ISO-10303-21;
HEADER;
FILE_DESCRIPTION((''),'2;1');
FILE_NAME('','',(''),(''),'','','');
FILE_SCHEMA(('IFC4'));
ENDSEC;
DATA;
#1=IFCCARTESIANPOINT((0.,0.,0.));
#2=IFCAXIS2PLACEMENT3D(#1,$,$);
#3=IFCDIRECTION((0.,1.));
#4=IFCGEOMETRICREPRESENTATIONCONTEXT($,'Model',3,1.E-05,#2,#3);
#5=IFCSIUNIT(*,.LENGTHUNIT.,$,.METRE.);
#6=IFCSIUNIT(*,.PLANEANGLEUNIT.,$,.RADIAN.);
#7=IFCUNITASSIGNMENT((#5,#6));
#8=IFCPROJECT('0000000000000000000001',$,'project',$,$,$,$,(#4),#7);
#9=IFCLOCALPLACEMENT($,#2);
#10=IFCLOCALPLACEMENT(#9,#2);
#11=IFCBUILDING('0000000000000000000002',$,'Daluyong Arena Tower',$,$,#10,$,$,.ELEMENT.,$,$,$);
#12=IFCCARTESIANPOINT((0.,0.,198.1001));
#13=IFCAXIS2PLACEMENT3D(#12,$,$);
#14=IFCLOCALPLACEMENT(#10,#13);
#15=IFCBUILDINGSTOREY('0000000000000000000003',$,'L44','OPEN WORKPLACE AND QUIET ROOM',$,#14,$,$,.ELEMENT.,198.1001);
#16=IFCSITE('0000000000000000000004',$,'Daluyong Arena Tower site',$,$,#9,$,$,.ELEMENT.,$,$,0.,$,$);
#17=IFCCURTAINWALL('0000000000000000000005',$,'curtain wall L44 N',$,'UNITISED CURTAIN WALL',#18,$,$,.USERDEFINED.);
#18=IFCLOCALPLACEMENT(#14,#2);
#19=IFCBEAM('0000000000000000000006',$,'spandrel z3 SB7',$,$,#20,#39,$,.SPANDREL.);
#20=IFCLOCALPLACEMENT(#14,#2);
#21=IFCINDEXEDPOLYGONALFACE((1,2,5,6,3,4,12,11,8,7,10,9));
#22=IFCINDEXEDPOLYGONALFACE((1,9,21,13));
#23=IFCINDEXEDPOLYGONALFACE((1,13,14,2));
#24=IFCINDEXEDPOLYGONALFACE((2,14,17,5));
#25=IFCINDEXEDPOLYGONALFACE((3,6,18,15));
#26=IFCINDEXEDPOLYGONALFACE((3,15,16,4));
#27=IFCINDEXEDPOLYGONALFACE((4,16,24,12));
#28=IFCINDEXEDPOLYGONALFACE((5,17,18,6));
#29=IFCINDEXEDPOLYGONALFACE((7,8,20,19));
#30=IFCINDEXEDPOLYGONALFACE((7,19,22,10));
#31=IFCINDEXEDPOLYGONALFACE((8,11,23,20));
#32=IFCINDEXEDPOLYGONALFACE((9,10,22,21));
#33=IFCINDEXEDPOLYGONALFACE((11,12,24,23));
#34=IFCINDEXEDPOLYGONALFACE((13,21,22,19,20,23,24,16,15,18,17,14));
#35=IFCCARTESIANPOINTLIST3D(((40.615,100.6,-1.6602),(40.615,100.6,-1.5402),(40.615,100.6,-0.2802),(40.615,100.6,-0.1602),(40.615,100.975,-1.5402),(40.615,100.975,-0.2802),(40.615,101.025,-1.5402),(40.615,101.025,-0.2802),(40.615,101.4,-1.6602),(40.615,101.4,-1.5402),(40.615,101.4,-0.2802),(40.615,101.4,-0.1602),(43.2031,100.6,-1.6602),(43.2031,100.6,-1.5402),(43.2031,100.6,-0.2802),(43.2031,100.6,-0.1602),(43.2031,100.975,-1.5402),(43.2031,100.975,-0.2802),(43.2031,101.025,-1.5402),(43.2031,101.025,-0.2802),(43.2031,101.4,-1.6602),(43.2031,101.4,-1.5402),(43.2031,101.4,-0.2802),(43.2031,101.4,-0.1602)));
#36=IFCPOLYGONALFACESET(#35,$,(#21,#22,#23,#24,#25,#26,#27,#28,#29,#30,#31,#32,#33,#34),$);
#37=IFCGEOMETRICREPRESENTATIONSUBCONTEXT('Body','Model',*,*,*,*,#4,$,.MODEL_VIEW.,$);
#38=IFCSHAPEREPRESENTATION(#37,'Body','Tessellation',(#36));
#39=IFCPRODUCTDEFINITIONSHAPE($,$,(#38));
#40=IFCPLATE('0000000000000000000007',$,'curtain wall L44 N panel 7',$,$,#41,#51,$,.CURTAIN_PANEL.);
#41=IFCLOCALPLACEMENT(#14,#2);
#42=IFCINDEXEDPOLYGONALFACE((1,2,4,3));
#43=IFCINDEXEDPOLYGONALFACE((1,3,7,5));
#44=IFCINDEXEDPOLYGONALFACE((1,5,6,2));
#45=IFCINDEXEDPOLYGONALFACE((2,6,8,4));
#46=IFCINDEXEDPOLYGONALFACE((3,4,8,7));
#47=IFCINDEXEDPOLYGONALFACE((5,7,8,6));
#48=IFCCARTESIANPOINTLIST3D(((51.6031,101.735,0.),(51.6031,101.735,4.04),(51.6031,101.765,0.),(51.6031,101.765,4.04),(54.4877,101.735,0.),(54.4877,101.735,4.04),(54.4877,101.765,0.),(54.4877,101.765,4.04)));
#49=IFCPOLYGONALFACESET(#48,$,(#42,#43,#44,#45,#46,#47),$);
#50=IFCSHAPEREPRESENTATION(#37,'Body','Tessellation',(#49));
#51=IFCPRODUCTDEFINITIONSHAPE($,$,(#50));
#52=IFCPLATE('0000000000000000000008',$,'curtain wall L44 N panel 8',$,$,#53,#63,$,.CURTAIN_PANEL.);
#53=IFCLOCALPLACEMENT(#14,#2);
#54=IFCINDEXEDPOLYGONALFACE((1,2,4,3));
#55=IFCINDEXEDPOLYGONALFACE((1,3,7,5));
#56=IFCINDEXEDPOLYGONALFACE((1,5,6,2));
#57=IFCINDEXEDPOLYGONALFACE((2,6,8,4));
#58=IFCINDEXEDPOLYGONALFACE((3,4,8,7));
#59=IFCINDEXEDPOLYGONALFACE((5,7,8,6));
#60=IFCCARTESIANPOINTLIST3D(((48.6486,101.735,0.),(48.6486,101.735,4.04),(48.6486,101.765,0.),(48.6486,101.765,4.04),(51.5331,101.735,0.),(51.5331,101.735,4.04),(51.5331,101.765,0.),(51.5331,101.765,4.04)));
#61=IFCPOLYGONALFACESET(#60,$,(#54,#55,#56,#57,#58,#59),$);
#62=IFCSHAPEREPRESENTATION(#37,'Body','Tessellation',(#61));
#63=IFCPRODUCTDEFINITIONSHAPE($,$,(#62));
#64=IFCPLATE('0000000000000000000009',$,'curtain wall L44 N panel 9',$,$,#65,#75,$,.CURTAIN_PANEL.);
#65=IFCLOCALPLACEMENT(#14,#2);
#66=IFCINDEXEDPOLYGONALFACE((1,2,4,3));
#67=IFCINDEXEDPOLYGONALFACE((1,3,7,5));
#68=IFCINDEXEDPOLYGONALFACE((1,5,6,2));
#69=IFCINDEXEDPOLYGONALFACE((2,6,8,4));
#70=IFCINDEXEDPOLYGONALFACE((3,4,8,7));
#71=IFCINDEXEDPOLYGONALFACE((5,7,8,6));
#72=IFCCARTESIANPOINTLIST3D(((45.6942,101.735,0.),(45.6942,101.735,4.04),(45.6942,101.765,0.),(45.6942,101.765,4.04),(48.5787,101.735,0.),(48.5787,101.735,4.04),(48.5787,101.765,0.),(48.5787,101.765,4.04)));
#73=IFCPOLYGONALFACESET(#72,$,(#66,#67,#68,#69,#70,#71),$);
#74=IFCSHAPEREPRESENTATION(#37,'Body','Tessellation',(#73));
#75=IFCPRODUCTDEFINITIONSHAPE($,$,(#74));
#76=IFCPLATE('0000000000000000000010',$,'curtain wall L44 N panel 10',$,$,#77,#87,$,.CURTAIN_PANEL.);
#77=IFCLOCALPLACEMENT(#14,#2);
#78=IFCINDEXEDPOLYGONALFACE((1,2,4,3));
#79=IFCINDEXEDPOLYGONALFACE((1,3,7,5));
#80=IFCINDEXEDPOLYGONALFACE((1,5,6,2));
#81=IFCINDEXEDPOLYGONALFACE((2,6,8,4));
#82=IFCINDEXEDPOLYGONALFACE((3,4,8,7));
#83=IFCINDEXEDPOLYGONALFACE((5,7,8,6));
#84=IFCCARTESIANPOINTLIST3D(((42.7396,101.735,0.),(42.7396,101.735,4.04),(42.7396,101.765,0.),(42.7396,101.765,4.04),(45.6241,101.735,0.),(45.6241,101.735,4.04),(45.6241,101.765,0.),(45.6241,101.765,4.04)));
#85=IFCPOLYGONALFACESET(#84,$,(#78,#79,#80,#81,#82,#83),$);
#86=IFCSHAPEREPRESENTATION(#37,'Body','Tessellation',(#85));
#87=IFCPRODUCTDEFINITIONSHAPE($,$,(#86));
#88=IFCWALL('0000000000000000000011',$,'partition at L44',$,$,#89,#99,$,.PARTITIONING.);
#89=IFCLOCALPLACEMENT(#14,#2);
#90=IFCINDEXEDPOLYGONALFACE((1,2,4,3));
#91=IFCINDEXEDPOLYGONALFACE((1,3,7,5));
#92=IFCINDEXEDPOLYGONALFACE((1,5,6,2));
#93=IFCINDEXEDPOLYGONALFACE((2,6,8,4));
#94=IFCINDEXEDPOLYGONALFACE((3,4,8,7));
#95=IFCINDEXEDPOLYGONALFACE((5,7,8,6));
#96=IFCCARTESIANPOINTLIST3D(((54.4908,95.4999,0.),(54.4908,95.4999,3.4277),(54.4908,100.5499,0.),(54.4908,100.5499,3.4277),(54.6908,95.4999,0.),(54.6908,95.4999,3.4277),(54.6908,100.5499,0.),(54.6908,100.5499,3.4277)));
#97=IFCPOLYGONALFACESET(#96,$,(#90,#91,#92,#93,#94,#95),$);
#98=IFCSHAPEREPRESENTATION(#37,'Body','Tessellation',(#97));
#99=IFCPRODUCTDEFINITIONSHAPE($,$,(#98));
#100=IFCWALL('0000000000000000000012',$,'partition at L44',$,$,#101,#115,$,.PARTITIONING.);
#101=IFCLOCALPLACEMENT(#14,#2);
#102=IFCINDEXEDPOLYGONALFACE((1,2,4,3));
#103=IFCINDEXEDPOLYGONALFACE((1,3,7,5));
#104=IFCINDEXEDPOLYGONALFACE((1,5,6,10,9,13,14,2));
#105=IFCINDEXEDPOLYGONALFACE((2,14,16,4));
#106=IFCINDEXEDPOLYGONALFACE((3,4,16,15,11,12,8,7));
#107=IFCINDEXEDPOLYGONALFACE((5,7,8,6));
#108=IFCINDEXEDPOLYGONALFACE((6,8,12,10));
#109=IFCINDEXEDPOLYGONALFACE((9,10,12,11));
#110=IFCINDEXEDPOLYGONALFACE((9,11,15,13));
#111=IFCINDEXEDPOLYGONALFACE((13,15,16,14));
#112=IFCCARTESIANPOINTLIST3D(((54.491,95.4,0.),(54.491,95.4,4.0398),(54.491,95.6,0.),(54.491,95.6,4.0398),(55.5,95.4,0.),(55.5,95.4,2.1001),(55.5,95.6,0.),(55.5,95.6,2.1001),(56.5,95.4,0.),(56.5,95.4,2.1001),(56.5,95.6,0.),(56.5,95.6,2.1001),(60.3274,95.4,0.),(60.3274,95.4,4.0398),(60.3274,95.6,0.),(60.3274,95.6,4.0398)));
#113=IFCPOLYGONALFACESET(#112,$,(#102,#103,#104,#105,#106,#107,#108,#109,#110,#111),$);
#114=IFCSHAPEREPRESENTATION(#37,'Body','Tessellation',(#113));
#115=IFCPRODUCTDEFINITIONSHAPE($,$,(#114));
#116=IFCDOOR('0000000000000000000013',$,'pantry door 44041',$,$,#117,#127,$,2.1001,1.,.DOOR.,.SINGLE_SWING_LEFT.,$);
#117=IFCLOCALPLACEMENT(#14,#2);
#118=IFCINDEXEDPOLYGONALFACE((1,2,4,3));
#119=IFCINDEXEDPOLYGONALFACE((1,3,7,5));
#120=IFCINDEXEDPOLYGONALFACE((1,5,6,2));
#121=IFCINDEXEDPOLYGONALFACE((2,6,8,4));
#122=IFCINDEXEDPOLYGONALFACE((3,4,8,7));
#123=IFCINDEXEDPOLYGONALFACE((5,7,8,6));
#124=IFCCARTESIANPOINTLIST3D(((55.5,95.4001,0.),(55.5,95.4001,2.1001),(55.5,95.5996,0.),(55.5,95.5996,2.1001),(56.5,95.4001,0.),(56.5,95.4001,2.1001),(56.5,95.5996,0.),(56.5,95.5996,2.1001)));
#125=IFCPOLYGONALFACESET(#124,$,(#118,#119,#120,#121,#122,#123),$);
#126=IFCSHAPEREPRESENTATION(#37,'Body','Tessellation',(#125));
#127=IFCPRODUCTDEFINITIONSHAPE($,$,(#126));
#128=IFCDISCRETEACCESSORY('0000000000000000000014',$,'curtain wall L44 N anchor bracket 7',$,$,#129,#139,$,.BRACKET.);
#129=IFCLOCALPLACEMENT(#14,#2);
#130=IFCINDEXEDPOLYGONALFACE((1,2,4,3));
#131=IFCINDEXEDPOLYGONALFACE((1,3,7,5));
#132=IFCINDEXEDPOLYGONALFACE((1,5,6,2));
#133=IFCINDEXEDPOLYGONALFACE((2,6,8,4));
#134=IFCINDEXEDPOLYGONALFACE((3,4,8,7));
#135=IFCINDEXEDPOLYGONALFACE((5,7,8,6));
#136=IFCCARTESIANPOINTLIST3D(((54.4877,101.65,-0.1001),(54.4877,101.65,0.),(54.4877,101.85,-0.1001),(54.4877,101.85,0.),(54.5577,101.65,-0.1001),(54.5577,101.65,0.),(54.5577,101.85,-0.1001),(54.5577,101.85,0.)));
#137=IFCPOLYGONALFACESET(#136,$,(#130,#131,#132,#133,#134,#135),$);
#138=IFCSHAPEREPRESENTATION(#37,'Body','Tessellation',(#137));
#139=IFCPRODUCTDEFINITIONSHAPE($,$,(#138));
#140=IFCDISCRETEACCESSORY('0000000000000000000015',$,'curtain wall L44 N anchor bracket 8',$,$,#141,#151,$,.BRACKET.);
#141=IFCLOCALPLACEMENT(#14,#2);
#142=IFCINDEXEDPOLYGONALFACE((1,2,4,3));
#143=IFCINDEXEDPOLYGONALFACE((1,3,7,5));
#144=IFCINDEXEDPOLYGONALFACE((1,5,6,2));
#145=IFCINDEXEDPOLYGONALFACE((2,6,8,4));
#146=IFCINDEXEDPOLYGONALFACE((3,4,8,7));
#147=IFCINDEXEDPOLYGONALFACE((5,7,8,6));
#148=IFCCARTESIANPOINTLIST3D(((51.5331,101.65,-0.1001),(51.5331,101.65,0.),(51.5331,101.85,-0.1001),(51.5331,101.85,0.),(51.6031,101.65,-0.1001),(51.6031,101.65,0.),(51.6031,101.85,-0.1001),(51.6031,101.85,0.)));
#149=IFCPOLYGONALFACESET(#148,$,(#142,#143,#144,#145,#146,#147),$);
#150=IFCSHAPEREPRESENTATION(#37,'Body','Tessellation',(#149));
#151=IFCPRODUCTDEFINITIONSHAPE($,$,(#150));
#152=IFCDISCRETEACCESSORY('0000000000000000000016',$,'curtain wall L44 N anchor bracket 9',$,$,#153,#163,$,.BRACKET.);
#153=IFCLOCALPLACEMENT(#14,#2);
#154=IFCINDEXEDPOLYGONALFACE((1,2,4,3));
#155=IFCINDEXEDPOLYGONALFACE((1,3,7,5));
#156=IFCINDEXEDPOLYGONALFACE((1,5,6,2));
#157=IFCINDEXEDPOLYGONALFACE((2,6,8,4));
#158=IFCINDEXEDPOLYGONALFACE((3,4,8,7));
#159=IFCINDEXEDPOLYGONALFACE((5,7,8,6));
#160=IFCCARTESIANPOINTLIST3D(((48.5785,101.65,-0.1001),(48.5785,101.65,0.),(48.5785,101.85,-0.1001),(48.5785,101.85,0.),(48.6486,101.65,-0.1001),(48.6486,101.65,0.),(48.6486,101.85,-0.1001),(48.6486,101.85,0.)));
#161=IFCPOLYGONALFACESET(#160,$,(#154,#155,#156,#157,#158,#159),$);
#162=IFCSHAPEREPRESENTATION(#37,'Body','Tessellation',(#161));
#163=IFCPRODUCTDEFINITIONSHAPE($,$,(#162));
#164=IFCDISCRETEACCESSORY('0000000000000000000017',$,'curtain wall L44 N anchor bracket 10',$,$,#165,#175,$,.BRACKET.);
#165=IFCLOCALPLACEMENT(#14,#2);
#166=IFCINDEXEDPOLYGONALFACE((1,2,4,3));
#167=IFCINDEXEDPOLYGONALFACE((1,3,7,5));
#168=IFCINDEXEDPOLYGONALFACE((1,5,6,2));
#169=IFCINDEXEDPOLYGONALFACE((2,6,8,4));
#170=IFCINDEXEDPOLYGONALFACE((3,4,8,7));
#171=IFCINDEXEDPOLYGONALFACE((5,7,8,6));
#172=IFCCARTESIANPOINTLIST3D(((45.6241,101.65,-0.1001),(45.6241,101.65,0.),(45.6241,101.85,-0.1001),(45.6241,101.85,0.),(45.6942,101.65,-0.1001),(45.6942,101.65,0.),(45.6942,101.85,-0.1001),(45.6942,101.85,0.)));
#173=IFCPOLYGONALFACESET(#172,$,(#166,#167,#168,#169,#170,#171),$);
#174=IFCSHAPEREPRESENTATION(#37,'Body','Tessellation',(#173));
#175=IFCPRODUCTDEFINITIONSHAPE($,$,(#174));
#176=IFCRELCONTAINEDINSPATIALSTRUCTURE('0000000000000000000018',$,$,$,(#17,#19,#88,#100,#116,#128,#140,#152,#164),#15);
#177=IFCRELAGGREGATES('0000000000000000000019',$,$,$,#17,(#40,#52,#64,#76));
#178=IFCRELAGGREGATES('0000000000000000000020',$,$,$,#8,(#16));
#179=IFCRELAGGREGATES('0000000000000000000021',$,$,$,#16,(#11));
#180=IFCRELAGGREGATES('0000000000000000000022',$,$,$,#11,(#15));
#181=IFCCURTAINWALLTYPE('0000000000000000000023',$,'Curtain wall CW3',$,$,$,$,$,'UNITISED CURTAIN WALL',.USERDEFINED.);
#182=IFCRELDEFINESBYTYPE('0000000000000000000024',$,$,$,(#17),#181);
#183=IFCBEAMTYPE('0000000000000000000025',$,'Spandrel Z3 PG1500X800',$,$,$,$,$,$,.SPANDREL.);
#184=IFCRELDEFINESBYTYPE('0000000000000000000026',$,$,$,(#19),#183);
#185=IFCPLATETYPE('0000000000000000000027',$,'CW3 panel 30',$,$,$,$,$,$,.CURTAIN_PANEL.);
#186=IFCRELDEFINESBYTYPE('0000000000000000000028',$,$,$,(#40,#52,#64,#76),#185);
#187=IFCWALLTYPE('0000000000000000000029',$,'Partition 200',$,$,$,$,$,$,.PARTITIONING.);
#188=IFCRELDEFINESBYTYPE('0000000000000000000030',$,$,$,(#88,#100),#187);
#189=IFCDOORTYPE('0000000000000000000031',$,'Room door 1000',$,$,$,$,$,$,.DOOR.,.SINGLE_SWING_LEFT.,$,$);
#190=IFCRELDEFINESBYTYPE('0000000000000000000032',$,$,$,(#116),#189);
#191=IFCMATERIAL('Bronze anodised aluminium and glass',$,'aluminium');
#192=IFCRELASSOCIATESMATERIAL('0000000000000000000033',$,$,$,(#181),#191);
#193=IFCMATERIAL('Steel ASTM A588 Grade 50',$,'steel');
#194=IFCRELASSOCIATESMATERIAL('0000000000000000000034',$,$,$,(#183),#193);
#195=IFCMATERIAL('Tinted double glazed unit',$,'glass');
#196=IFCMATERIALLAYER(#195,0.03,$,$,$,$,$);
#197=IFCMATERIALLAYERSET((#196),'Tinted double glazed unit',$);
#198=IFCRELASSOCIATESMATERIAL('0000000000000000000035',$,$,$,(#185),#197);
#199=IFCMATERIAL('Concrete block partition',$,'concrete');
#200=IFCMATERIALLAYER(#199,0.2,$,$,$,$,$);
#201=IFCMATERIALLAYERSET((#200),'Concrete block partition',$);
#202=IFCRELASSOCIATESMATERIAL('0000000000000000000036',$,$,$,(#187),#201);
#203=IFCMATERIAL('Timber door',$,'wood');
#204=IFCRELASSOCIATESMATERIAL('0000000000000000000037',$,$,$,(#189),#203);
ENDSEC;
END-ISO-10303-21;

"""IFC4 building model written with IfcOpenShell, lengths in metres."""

from ifc_helpers import new_model, si_unit, direction, frame, frame_2d, origin, origin_2d, place, context, subcontext, project, spatial, rectangle, i_section, extrude, material, layer, layer_set, material_profile, profile_set, type_object, element, fill, aggregate, save


model = new_model("IFC4")

# Units and contexts
model_context = context("Model", 3, precision=1e-05, world=origin(), true_north=direction((0.0, 1.0)))
body_context = subcontext(model_context, "Body", "Model", "MODEL_VIEW")
ifc_project = project(units=[si_unit("LENGTHUNIT", "METRE"), si_unit("PLANEANGLEUNIT", "RADIAN")], contexts=[model_context])

# Site, building, storey
site_placement = place(None, origin())
site = spatial("IfcSite", under=ifc_project, at=site_placement, Name="Daluyong Arena Tower site", CompositionType="ELEMENT", RefElevation=0.0)
building_placement = place(site_placement, origin())
building = spatial("IfcBuilding", under=site, at=building_placement, Name="Daluyong Arena Tower", CompositionType="ELEMENT")
storey_placement = place(building_placement, frame((0.0, 0.0, 198.1001)))
storey = spatial("IfcBuildingStorey", under=building, at=storey_placement, Name="L44", Description="OPEN WORKPLACE AND QUIET ROOM", CompositionType="ELEMENT", Elevation=198.1001)

# Curtain wall
ifc_material_1 = material(Name="Bronze anodised aluminium and glass", Category="aluminium")
curtain_wall_type = type_object("IfcCurtainWallType", Name="Curtain wall CW3", ElementType="UNITISED CURTAIN WALL", PredefinedType="USERDEFINED", material=ifc_material_1)
curtain_wall_placement = place(storey_placement, origin())
curtain_wall = element("IfcCurtainWall", 1, at=curtain_wall_placement, inside=storey, type_object=curtain_wall_type, Name="curtain wall L44 N", ObjectType="UNITISED CURTAIN WALL", PredefinedType="USERDEFINED")

# Beam
ifc_material_2 = material(Name="Steel ASTM A588 Grade 50", Category="steel")
ifc_material_profile_1 = material_profile(ifc_material_2, i_section(OverallWidth=0.8, OverallDepth=1.5, WebThickness=0.05, FlangeThickness=0.12, at=origin_2d()))
ifc_profile_set_1 = profile_set([ifc_material_profile_1], Name="Steel ASTM A588 Grade 50")
beam_type_1 = type_object("IfcBeamType", Name="Spandrel Z3 PG1500X800", PredefinedType="SPANDREL", material=ifc_profile_set_1)
beam_1_placement = place(storey_placement, frame((43.2031, 101.0, -0.9102), z_axis=(-1.0, 0.0, 0.0), x_axis=(0.0, -1.0, 0.0)))
element("IfcBeam", 2, at=beam_1_placement, inside=storey, type_object=beam_type_1, Name="spandrel z3 SB7", PredefinedType="SPANDREL", context=body_context, shape_type="SweptSolid", body=[
    extrude(i_section(OverallWidth=0.8, OverallDepth=1.5, WebThickness=0.05, FlangeThickness=0.12, at=origin_2d()), origin(), (0.0, 0.0, 1.0), 2.5881),
])

# Plates
ifc_material_3 = material(Name="Tinted double glazed unit", Category="glass")
ifc_layer_1 = layer(ifc_material_3, 0.03)
ifc_layer_set_1 = layer_set([ifc_layer_1], Name="Tinted double glazed unit")
plate_type = type_object("IfcPlateType", Name="CW3 panel 30", PredefinedType="CURTAIN_PANEL", material=ifc_layer_set_1)
plate_1_placement = place(storey_placement, frame((53.0454, 101.75, 0.0), z_axis=(0.0, 0.0, 1.0), x_axis=(-1.0, 0.0, 0.0)))
plate_1 = element("IfcPlate", 3, at=plate_1_placement, type_object=plate_type, Name="curtain wall L44 N panel 7", PredefinedType="CURTAIN_PANEL", context=body_context, shape_type="SweptSolid", body=[
    extrude(rectangle(XDim=2.8845, YDim=0.03, at=origin_2d()), origin(), (0.0, 0.0, 1.0), 4.04),
])
plate_2_placement = place(storey_placement, frame((50.0908, 101.75, 0.0), z_axis=(0.0, 0.0, 1.0), x_axis=(-1.0, 0.0, 0.0)))
plate_2 = element("IfcPlate", 4, at=plate_2_placement, type_object=plate_type, Name="curtain wall L44 N panel 8", PredefinedType="CURTAIN_PANEL", context=body_context, shape_type="SweptSolid", body=[
    extrude(rectangle(XDim=2.8845, YDim=0.03, at=origin_2d()), origin(), (0.0, 0.0, 1.0), 4.04),
])
plate_3_placement = place(storey_placement, frame((47.1365, 101.75, 0.0), z_axis=(0.0, 0.0, 1.0), x_axis=(-1.0, 0.0, 0.0)))
plate_3 = element("IfcPlate", 5, at=plate_3_placement, type_object=plate_type, Name="curtain wall L44 N panel 9", PredefinedType="CURTAIN_PANEL", context=body_context, shape_type="SweptSolid", body=[
    extrude(rectangle(XDim=2.8845, YDim=0.03, at=origin_2d()), origin(), (0.0, 0.0, 1.0), 4.04),
])
plate_4_placement = place(storey_placement, frame((44.1819, 101.75, 0.0), z_axis=(0.0, 0.0, 1.0), x_axis=(-1.0, 0.0, 0.0)))
plate_4 = element("IfcPlate", 6, at=plate_4_placement, type_object=plate_type, Name="curtain wall L44 N panel 10", PredefinedType="CURTAIN_PANEL", context=body_context, shape_type="SweptSolid", body=[
    extrude(rectangle(XDim=2.8845, YDim=0.03, at=origin_2d()), origin(), (0.0, 0.0, 1.0), 4.04),
])
aggregate(curtain_wall, [plate_1, plate_2, plate_3, plate_4])

# Wall
ifc_material_4 = material(Name="Concrete block partition", Category="concrete")
ifc_layer_2 = layer(ifc_material_4, 0.2)
ifc_layer_set_2 = layer_set([ifc_layer_2], Name="Concrete block partition")
wall_type = type_object("IfcWallType", Name="Partition 200", PredefinedType="PARTITIONING", material=ifc_layer_set_2)
wall_1_placement = place(storey_placement, frame((54.5908, 95.5, 0.0), z_axis=(0.0, 0.0, 1.0), x_axis=(0.0, 1.0, 0.0)))
element("IfcWall", 7, at=wall_1_placement, inside=storey, type_object=wall_type, Name="partition at L44", PredefinedType="PARTITIONING", context=body_context, shape_type="SweptSolid", body=[
    extrude(rectangle(XDim=5.05, YDim=0.2, at=frame_2d((2.5249, 0.0))), origin(), (0.0, 0.0, 1.0), 3.4277),
])

# Wall, opening, door
wall_2_placement = place(storey_placement, frame((54.491, 95.5, 0.0), z_axis=(0.0, 0.0, 1.0), x_axis=(1.0, 0.0, 0.0)))
wall_2 = element("IfcWall", 8, at=wall_2_placement, inside=storey, type_object=wall_type, Name="partition at L44", PredefinedType="PARTITIONING", context=body_context, shape_type="SweptSolid", body=[
    extrude(rectangle(XDim=5.8364, YDim=0.2, at=frame_2d((2.9182, 0.0))), origin(), (0.0, 0.0, 1.0), 4.0398),
])
opening_placement = place(wall_2_placement, frame((1.009, 0.0, 0.0)))
opening = element("IfcOpeningElement", 9, at=opening_placement, cuts=wall_2, PredefinedType="OPENING", context=body_context, shape_type="SweptSolid", body=[
    extrude(rectangle(XDim=1.0, YDim=2.1001, at=frame_2d((0.5, 1.05))), frame((0.0, 0.1099, 0.0), z_axis=(0.0, -1.0, 0.0), x_axis=(1.0, 0.0, 0.0)), (0.0, 0.0, 1.0), 0.22),
])
ifc_material_5 = material(Name="Timber door", Category="wood")
door_type = type_object("IfcDoorType", Name="Room door 1000", OperationType="SINGLE_SWING_LEFT", PredefinedType="DOOR", material=ifc_material_5)
door_placement = place(opening_placement, origin())
door = element("IfcDoor", 10, at=door_placement, inside=storey, type_object=door_type, Name="pantry door 44041", OperationType="SINGLE_SWING_LEFT", OverallHeight=2.1001, OverallWidth=1.0, PredefinedType="DOOR", context=body_context, shape_type="SweptSolid", body=[
    extrude(rectangle(XDim=1.0, YDim=2.1001, at=frame_2d((0.5, 1.05))), frame((0.0, 0.0996, 0.0), z_axis=(0.0, -1.0, 0.0), x_axis=(1.0, 0.0, 0.0)), (0.0, 0.0, 1.0), 0.1995),
])
fill(opening, door)

# Discrete accessories
for number, where, z_axis, x_axis, name in (
    (11, (54.5227, 101.75, -0.1001), (0.0, 0.0, 1.0), (-1.0, 0.0, 0.0), "curtain wall L44 N anchor bracket 7"),
    (12, (51.5681, 101.75, -0.1001), (0.0, 0.0, 1.0), (-1.0, 0.0, 0.0), "curtain wall L44 N anchor bracket 8"),
    (13, (48.6135, 101.75, -0.1001), (0.0, 0.0, 1.0), (-1.0, 0.0, 0.0), "curtain wall L44 N anchor bracket 9"),
    (14, (45.6592, 101.75, -0.1001), (0.0, 0.0, 1.0), (-1.0, 0.0, 0.0), "curtain wall L44 N anchor bracket 10"),
):
    element("IfcDiscreteAccessory", number, at=place(storey_placement, frame(where, z_axis=z_axis, x_axis=x_axis)), inside=storey, Name=name, PredefinedType="BRACKET", context=body_context, shape_type="SweptSolid", body=[
        extrude(rectangle(XDim=0.0701, YDim=0.2, at=origin_2d()), origin(), (0.0, 0.0, 1.0), 0.1001),
    ])

save(model, "model.ifc")
